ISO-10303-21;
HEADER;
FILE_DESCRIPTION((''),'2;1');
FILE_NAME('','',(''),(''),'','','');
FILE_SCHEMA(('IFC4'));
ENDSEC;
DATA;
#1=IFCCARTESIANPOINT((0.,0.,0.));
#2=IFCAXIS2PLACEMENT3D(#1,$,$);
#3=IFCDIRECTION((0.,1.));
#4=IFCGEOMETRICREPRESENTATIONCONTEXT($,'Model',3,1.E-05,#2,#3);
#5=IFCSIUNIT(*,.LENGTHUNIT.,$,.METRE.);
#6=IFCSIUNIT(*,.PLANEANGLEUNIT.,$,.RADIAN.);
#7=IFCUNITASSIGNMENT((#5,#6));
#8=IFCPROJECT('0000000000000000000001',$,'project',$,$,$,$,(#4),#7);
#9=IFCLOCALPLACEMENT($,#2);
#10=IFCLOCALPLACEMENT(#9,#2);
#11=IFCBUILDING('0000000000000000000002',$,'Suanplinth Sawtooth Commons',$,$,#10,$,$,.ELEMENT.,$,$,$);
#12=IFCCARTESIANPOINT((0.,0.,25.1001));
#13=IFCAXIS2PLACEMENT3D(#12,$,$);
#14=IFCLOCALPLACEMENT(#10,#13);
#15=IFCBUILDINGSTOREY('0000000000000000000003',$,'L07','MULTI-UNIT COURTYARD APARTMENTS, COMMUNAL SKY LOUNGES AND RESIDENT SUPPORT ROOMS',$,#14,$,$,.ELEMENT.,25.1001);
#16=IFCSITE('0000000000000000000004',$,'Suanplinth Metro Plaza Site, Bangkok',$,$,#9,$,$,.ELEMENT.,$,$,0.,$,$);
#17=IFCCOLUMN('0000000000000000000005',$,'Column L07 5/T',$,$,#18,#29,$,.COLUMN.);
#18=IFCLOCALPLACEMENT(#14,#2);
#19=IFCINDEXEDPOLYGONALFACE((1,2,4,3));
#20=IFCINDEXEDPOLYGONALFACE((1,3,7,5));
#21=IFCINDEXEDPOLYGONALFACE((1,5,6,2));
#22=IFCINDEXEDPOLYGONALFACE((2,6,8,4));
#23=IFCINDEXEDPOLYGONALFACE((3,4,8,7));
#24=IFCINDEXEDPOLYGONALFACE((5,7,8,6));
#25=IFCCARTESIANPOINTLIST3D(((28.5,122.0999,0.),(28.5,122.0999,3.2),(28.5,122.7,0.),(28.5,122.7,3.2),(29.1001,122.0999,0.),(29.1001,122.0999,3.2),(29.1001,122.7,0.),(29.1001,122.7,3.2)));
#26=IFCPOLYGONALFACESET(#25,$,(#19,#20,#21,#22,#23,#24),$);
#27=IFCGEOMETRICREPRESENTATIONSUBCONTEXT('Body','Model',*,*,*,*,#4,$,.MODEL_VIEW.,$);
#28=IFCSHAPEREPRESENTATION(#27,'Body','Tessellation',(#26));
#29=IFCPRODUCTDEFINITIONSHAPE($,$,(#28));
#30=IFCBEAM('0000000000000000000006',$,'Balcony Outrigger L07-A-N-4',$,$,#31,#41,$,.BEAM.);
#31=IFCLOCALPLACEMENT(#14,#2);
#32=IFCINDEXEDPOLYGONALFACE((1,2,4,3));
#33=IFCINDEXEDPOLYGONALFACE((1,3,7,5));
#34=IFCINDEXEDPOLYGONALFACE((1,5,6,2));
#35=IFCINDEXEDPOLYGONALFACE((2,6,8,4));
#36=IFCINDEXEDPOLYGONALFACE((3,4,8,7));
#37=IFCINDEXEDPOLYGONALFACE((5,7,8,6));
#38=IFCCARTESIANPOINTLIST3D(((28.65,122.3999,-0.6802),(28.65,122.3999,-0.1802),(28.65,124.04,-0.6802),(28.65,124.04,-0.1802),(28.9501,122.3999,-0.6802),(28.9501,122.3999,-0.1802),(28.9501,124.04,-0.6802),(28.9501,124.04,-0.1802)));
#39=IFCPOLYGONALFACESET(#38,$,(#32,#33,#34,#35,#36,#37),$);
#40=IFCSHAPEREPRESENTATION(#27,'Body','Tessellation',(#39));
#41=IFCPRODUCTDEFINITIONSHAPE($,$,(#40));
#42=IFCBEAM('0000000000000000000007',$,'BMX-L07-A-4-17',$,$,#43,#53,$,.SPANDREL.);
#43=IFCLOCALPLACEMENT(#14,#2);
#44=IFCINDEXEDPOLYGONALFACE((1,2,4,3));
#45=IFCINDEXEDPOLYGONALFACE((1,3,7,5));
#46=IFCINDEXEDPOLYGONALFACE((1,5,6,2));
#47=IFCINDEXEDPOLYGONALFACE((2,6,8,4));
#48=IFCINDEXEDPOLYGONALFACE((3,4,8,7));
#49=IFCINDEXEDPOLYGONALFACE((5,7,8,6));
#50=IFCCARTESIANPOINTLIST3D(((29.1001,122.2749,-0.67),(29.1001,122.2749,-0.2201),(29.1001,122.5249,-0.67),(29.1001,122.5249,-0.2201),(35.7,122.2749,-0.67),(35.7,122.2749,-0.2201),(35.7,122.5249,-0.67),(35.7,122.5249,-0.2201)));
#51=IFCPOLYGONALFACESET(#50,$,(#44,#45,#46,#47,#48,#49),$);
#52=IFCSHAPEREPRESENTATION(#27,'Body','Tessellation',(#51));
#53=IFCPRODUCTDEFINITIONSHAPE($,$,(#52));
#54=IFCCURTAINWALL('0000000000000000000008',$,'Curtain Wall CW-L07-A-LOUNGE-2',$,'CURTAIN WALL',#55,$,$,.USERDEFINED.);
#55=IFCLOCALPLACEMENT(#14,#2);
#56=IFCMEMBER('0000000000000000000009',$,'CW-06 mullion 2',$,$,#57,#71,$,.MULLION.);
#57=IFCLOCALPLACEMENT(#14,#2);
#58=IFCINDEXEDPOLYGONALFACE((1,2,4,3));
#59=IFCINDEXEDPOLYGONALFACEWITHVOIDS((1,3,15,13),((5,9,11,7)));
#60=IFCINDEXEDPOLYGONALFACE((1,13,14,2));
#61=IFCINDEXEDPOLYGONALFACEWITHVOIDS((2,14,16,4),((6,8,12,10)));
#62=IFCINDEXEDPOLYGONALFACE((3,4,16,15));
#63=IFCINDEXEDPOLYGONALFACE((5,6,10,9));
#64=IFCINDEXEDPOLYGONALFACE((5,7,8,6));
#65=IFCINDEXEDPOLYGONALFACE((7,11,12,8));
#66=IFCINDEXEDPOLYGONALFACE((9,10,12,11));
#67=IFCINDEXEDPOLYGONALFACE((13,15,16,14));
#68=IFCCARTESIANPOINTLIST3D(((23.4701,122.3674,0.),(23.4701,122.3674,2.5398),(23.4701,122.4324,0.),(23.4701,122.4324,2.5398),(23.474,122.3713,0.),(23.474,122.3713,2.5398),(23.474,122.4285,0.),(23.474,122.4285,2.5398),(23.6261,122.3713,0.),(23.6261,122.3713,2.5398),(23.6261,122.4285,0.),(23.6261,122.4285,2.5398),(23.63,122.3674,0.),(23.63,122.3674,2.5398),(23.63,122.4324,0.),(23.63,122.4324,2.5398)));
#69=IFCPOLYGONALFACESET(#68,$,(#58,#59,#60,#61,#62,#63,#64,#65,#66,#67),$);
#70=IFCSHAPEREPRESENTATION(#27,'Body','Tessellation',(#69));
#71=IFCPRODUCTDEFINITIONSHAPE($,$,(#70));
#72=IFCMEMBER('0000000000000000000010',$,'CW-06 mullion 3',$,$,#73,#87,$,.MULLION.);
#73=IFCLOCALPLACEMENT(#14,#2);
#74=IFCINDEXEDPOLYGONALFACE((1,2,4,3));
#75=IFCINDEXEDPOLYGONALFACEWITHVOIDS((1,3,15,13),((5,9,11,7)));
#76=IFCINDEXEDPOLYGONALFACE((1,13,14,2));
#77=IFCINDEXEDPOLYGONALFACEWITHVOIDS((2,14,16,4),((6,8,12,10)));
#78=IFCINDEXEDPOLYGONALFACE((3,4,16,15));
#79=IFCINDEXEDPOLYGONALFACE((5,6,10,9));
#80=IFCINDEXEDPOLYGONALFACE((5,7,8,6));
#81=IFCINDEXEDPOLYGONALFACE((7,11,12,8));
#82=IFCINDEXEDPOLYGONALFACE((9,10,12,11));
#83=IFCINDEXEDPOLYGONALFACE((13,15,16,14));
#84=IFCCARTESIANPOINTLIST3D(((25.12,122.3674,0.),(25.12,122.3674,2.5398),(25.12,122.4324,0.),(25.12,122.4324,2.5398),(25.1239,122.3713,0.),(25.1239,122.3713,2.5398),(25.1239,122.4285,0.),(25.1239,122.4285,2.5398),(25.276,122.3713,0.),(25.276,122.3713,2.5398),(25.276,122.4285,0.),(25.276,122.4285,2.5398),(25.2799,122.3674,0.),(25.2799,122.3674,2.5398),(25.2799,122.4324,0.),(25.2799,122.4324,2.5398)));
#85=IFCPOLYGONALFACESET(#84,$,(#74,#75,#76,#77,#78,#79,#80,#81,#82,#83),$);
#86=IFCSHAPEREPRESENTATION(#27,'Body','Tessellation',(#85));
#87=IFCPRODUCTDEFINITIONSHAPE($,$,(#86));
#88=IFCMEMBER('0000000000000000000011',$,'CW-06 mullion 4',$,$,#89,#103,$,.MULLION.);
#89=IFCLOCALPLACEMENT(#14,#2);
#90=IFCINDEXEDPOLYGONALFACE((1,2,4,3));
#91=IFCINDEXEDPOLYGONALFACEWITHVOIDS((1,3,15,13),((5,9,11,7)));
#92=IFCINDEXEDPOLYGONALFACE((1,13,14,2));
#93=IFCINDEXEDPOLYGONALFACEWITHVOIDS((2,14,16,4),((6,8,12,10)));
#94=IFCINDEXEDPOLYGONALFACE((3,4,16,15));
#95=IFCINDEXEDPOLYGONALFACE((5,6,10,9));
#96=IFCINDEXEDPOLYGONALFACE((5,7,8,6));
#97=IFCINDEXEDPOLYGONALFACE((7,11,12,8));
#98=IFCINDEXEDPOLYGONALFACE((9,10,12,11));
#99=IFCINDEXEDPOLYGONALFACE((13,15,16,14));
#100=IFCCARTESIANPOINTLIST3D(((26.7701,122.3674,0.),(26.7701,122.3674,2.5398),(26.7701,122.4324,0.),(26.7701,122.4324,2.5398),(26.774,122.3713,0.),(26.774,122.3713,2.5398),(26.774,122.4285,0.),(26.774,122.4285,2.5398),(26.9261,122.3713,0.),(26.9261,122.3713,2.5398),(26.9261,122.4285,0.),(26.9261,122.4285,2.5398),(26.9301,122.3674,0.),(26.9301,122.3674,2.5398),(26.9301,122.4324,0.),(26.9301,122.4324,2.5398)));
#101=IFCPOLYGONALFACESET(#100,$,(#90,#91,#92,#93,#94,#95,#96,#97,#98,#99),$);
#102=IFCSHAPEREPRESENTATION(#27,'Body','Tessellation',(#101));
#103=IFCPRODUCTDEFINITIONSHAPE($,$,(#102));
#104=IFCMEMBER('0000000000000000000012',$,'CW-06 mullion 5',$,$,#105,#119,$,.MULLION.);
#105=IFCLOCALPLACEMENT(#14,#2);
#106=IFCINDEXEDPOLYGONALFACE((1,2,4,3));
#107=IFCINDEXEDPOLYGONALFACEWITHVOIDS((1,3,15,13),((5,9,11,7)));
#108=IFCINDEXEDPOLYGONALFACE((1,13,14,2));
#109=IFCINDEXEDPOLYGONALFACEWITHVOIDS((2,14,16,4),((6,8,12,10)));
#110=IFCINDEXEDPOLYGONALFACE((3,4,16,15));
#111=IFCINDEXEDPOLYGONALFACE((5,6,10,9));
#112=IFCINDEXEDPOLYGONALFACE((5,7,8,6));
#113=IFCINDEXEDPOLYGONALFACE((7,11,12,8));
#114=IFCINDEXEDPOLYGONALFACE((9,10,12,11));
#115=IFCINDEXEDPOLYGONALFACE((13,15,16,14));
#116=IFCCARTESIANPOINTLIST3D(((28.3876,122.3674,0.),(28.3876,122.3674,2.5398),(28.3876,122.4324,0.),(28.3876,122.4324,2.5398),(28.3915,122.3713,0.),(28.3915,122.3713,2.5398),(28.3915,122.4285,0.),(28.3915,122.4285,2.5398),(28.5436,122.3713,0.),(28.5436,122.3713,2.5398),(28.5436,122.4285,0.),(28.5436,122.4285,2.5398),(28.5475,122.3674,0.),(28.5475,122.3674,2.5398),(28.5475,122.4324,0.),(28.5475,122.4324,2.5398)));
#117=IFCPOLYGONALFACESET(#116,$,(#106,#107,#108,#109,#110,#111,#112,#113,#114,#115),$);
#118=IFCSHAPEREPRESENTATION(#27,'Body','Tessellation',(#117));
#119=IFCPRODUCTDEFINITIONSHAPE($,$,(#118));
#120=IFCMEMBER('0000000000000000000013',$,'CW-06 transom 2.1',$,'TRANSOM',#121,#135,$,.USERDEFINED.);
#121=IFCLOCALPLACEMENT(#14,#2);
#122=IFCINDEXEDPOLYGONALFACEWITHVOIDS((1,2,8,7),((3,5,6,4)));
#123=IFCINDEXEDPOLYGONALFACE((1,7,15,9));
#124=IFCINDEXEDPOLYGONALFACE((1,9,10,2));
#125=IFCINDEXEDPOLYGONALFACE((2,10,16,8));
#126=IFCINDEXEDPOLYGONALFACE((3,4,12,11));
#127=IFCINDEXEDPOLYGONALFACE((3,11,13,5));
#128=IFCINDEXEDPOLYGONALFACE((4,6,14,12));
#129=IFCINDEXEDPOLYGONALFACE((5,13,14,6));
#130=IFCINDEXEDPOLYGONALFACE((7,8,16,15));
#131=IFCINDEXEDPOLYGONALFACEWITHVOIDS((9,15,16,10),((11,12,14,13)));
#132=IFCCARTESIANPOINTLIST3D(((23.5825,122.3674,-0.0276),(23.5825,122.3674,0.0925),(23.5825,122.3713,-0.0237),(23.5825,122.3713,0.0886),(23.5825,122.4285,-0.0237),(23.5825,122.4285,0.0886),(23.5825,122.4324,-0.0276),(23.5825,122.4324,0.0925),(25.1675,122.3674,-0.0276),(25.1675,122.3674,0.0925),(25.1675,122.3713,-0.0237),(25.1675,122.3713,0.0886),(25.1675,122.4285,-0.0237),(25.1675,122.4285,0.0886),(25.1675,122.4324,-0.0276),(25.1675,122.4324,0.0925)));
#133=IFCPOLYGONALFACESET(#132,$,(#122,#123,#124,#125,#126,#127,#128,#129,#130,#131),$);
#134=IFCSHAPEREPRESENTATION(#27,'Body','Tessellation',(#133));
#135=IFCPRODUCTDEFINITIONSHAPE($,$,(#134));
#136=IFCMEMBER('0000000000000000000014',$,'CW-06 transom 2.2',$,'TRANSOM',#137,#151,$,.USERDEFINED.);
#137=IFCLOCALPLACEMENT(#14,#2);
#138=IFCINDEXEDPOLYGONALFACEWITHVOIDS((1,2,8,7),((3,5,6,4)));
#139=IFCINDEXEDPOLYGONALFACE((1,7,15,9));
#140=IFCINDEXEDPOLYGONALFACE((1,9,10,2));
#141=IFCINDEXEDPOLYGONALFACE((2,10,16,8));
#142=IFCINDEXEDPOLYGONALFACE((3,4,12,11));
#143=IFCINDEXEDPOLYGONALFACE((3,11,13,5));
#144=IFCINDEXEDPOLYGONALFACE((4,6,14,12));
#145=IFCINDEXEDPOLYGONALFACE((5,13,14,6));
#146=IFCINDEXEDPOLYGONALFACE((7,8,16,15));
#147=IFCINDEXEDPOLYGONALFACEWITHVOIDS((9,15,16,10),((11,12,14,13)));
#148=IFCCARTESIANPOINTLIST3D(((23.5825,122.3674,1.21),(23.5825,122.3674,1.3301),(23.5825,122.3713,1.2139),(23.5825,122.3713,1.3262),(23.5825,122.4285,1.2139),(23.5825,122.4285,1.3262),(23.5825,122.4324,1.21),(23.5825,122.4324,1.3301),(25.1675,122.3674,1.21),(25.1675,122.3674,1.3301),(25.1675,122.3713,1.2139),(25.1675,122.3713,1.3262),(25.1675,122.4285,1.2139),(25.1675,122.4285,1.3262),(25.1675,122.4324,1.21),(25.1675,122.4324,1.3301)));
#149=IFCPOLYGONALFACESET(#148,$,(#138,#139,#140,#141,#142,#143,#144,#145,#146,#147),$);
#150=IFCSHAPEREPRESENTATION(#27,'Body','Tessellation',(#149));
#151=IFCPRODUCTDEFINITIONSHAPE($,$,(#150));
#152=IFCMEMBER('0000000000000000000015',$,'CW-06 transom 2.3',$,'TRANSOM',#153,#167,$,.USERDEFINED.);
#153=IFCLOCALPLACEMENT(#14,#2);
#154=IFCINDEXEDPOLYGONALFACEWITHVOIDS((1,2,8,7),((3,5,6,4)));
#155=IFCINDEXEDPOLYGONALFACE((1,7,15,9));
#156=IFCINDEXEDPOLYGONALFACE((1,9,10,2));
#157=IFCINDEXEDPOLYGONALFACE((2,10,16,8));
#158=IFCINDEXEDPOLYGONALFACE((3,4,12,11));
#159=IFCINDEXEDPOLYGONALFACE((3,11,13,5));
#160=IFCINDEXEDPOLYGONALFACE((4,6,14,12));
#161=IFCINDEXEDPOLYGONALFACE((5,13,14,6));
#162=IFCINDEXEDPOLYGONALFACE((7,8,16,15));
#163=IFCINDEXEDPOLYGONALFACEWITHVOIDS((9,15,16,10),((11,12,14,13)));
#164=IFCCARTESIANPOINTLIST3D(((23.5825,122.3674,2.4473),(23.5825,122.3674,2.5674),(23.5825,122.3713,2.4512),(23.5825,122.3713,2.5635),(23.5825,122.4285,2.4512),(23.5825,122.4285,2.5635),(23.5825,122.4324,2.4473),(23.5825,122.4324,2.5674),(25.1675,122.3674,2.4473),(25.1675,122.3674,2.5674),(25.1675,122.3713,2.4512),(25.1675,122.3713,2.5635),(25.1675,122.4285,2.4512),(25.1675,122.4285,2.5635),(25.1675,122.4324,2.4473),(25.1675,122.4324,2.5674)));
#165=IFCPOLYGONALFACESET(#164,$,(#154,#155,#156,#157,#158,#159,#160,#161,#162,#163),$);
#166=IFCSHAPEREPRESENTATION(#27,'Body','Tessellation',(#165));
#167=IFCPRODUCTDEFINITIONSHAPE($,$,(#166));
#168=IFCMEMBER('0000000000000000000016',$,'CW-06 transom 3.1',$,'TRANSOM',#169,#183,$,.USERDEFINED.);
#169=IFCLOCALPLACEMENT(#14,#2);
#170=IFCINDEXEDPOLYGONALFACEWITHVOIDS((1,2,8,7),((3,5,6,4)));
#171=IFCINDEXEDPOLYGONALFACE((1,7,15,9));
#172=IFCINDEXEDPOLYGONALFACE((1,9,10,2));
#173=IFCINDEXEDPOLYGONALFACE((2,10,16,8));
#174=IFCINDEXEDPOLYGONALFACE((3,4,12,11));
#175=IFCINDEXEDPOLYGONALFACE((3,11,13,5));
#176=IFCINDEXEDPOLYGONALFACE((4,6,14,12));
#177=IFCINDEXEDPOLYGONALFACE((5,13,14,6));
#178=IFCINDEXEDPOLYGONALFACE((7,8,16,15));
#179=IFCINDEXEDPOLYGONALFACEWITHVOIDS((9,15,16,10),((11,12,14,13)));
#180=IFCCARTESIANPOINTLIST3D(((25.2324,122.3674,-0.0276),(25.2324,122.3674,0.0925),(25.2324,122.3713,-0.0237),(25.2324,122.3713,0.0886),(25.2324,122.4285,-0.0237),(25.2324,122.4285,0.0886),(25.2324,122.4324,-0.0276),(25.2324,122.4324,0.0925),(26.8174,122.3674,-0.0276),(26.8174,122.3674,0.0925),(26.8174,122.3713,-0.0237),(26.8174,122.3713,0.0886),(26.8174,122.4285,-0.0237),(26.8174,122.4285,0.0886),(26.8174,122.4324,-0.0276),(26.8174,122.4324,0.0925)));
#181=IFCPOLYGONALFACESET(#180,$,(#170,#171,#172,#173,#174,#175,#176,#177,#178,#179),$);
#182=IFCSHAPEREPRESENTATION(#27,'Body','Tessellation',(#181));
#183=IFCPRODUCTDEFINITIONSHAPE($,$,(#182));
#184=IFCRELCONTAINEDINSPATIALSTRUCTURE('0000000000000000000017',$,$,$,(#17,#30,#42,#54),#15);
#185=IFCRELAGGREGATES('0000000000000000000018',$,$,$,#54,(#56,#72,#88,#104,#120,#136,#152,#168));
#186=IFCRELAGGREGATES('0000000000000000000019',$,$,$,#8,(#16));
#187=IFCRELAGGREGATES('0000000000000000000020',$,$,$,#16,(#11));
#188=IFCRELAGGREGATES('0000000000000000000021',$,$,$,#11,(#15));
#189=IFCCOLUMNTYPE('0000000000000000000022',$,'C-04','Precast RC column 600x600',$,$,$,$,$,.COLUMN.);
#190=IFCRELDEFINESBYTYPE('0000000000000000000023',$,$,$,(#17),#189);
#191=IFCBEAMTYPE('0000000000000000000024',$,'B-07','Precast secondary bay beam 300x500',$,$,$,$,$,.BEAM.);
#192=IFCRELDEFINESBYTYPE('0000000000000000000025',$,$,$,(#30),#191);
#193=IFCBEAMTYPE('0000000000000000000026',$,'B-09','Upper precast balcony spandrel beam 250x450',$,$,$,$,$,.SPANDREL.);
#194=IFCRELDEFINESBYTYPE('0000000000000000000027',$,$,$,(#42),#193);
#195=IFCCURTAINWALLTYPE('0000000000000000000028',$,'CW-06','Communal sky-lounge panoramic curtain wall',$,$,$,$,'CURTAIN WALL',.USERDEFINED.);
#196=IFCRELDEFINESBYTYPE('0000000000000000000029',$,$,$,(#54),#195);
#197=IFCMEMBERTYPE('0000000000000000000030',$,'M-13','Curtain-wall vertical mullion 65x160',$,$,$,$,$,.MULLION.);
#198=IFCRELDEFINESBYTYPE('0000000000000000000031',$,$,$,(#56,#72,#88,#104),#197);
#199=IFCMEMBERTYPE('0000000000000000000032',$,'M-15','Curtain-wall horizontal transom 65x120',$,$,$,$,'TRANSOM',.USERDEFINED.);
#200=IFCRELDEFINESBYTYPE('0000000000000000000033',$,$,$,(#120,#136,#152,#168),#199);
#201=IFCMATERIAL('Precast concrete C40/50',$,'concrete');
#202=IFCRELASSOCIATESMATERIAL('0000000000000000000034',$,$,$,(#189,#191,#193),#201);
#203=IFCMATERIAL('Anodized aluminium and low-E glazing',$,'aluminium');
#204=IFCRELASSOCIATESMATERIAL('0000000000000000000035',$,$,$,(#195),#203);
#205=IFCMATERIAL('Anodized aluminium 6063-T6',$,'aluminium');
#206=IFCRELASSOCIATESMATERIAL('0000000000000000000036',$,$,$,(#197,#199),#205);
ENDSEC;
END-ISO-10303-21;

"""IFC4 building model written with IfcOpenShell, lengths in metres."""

from ifc_helpers import new_model, si_unit, direction, frame, origin, origin_2d, place, context, subcontext, project, spatial, rectangle, hollow_rectangle, extrude, material, material_profile, profile_set, type_object, element, aggregate, save


model = new_model("IFC4")

# Units and contexts
model_context = context("Model", 3, precision=1e-05, world=origin(), true_north=direction((0.0, 1.0)))
body_context = subcontext(model_context, "Body", "Model", "MODEL_VIEW")
ifc_project = project(units=[si_unit("LENGTHUNIT", "METRE"), si_unit("PLANEANGLEUNIT", "RADIAN")], contexts=[model_context])

# Site, building, storey
site_placement = place(None, origin())
site = spatial("IfcSite", under=ifc_project, at=site_placement, Name="Suanplinth Metro Plaza Site, Bangkok", CompositionType="ELEMENT", RefElevation=0.0)
building_placement = place(site_placement, origin())
building = spatial("IfcBuilding", under=site, at=building_placement, Name="Suanplinth Sawtooth Commons", CompositionType="ELEMENT")
storey_placement = place(building_placement, frame((0.0, 0.0, 25.1001)))
storey = spatial("IfcBuildingStorey", under=building, at=storey_placement, Name="L07", Description="MULTI-UNIT COURTYARD APARTMENTS, COMMUNAL SKY LOUNGES AND RESIDENT SUPPORT ROOMS", CompositionType="ELEMENT", Elevation=25.1001)

# Column
ifc_material_1 = material(Name="Precast concrete C40/50", Category="concrete")
ifc_material_profile_1 = material_profile(ifc_material_1, rectangle(XDim=0.6001, YDim=0.6001, at=origin_2d()), Name="PC-COL 600x600")
ifc_profile_set_1 = profile_set([ifc_material_profile_1], Name="Precast concrete C40/50")
column_type = type_object("IfcColumnType", Name="C-04", Description="Precast RC column 600x600", PredefinedType="COLUMN", material=ifc_profile_set_1)
column_placement = place(storey_placement, frame((28.8, 122.3999, 0.0), z_axis=(0.0, 0.0, 1.0), x_axis=(1.0, 0.0, 0.0)))
element("IfcColumn", 1, at=column_placement, inside=storey, type_object=column_type, Name="Column L07 5/T", PredefinedType="COLUMN", context=body_context, shape_type="SweptSolid", body=[
    extrude(rectangle(XDim=0.6001, YDim=0.6001, at=origin_2d()), origin(), (0.0, 0.0, 1.0), 3.2),
])

# Beams
ifc_material_profile_2 = material_profile(ifc_material_1, rectangle(XDim=0.3, YDim=0.5, at=origin_2d()), Name="PC-BM 300x500")
ifc_profile_set_2 = profile_set([ifc_material_profile_2], Name="Precast concrete C40/50")
beam_type_1 = type_object("IfcBeamType", Name="B-07", Description="Precast secondary bay beam 300x500", PredefinedType="BEAM", material=ifc_profile_set_2)
beam_1_placement = place(storey_placement, frame((28.8, 122.3999, -0.4302), z_axis=(0.0, 1.0, 0.0), x_axis=(-1.0, 0.0, 0.0)))
element("IfcBeam", 2, at=beam_1_placement, inside=storey, type_object=beam_type_1, Name="Balcony Outrigger L07-A-N-4", PredefinedType="BEAM", context=body_context, shape_type="SweptSolid", body=[
    extrude(rectangle(XDim=0.3, YDim=0.5, at=origin_2d()), origin(), (0.0, 0.0, 1.0), 1.6401),
])
ifc_material_profile_3 = material_profile(ifc_material_1, rectangle(XDim=0.25, YDim=0.45, at=origin_2d()), Name="PC-SP 250x450")
ifc_profile_set_3 = profile_set([ifc_material_profile_3], Name="Precast concrete C40/50")
beam_type_2 = type_object("IfcBeamType", Name="B-09", Description="Upper precast balcony spandrel beam 250x450", PredefinedType="SPANDREL", material=ifc_profile_set_3)
beam_2_placement = place(storey_placement, frame((29.1001, 122.3999, -0.4451), z_axis=(1.0, 0.0, 0.0), x_axis=(0.0, 1.0, 0.0)))
element("IfcBeam", 3, at=beam_2_placement, inside=storey, type_object=beam_type_2, Name="BMX-L07-A-4-17", PredefinedType="SPANDREL", context=body_context, shape_type="SweptSolid", body=[
    extrude(rectangle(XDim=0.25, YDim=0.45, at=origin_2d()), origin(), (0.0, 0.0, 1.0), 6.5999),
])

# Curtain wall, members
ifc_material_2 = material(Name="Anodized aluminium and low-E glazing", Category="aluminium")
curtain_wall_type = type_object("IfcCurtainWallType", Name="CW-06", Description="Communal sky-lounge panoramic curtain wall", ElementType="CURTAIN WALL", PredefinedType="USERDEFINED", material=ifc_material_2)
curtain_wall_placement = place(storey_placement, origin())
curtain_wall = element("IfcCurtainWall", 4, at=curtain_wall_placement, inside=storey, type_object=curtain_wall_type, Name="Curtain Wall CW-L07-A-LOUNGE-2", ObjectType="CURTAIN WALL", PredefinedType="USERDEFINED")
ifc_material_3 = material(Name="Anodized aluminium 6063-T6", Category="aluminium")
ifc_material_profile_4 = material_profile(ifc_material_3, hollow_rectangle(XDim=0.0649, YDim=0.1599, WallThickness=0.0039, at=origin_2d()), Name="ALU-MUL 65x160")
ifc_profile_set_4 = profile_set([ifc_material_profile_4], Name="Anodized aluminium 6063-T6")
member_type_1 = type_object("IfcMemberType", Name="M-13", Description="Curtain-wall vertical mullion 65x160", PredefinedType="MULLION", material=ifc_profile_set_4)
member_1_placement = place(storey_placement, frame((23.55, 122.3999, 0.0), z_axis=(0.0, 0.0, 1.0), x_axis=(0.0, 1.0, 0.0)))
member_1 = element("IfcMember", 5, at=member_1_placement, type_object=member_type_1, Name="CW-06 mullion 2", PredefinedType="MULLION", context=body_context, shape_type="SweptSolid", body=[
    extrude(hollow_rectangle(XDim=0.0649, YDim=0.1599, WallThickness=0.0039, at=origin_2d()), origin(), (0.0, 0.0, 1.0), 2.5398),
])
member_2_placement = place(storey_placement, frame((25.2, 122.3999, 0.0), z_axis=(0.0, 0.0, 1.0), x_axis=(0.0, 1.0, 0.0)))
member_2 = element("IfcMember", 6, at=member_2_placement, type_object=member_type_1, Name="CW-06 mullion 3", PredefinedType="MULLION", context=body_context, shape_type="SweptSolid", body=[
    extrude(hollow_rectangle(XDim=0.0649, YDim=0.1599, WallThickness=0.0039, at=origin_2d()), origin(), (0.0, 0.0, 1.0), 2.5398),
])
member_3_placement = place(storey_placement, frame((26.8501, 122.3999, 0.0), z_axis=(0.0, 0.0, 1.0), x_axis=(0.0, 1.0, 0.0)))
member_3 = element("IfcMember", 7, at=member_3_placement, type_object=member_type_1, Name="CW-06 mullion 4", PredefinedType="MULLION", context=body_context, shape_type="SweptSolid", body=[
    extrude(hollow_rectangle(XDim=0.0649, YDim=0.1599, WallThickness=0.0039, at=origin_2d()), origin(), (0.0, 0.0, 1.0), 2.5398),
])
member_4_placement = place(storey_placement, frame((28.4675, 122.3999, 0.0), z_axis=(0.0, 0.0, 1.0), x_axis=(0.0, 1.0, 0.0)))
member_4 = element("IfcMember", 8, at=member_4_placement, type_object=member_type_1, Name="CW-06 mullion 5", PredefinedType="MULLION", context=body_context, shape_type="SweptSolid", body=[
    extrude(hollow_rectangle(XDim=0.0649, YDim=0.1599, WallThickness=0.0039, at=origin_2d()), origin(), (0.0, 0.0, 1.0), 2.5398),
])
ifc_material_profile_5 = material_profile(ifc_material_3, hollow_rectangle(XDim=0.0649, YDim=0.1201, WallThickness=0.0039, at=origin_2d()), Name="ALU-TRN 65x120")
ifc_profile_set_5 = profile_set([ifc_material_profile_5], Name="Anodized aluminium 6063-T6")
member_type_2 = type_object("IfcMemberType", Name="M-15", Description="Curtain-wall horizontal transom 65x120", ElementType="TRANSOM", PredefinedType="USERDEFINED", material=ifc_profile_set_5)
member_5_placement = place(storey_placement, frame((23.5825, 122.3999, 0.0325), z_axis=(1.0, 0.0, 0.0), x_axis=(0.0, 1.0, 0.0)))
member_5 = element("IfcMember", 9, at=member_5_placement, type_object=member_type_2, Name="CW-06 transom 2.1", ObjectType="TRANSOM", PredefinedType="USERDEFINED", context=body_context, shape_type="SweptSolid", body=[
    extrude(hollow_rectangle(XDim=0.0649, YDim=0.1201, WallThickness=0.0039, at=origin_2d()), origin(), (0.0, 0.0, 1.0), 1.585),
])
member_6_placement = place(storey_placement, frame((23.5825, 122.3999, 1.27), z_axis=(1.0, 0.0, 0.0), x_axis=(0.0, 1.0, 0.0)))
member_6 = element("IfcMember", 10, at=member_6_placement, type_object=member_type_2, Name="CW-06 transom 2.2", ObjectType="TRANSOM", PredefinedType="USERDEFINED", context=body_context, shape_type="SweptSolid", body=[
    extrude(hollow_rectangle(XDim=0.0649, YDim=0.1201, WallThickness=0.0039, at=origin_2d()), origin(), (0.0, 0.0, 1.0), 1.585),
])
member_7_placement = place(storey_placement, frame((23.5825, 122.3999, 2.5073), z_axis=(1.0, 0.0, 0.0), x_axis=(0.0, 1.0, 0.0)))
member_7 = element("IfcMember", 11, at=member_7_placement, type_object=member_type_2, Name="CW-06 transom 2.3", ObjectType="TRANSOM", PredefinedType="USERDEFINED", context=body_context, shape_type="SweptSolid", body=[
    extrude(hollow_rectangle(XDim=0.0649, YDim=0.1201, WallThickness=0.0039, at=origin_2d()), origin(), (0.0, 0.0, 1.0), 1.585),
])
member_8_placement = place(storey_placement, frame((25.2324, 122.3999, 0.0325), z_axis=(1.0, 0.0, 0.0), x_axis=(0.0, 1.0, 0.0)))
member_8 = element("IfcMember", 12, at=member_8_placement, type_object=member_type_2, Name="CW-06 transom 3.1", ObjectType="TRANSOM", PredefinedType="USERDEFINED", context=body_context, shape_type="SweptSolid", body=[
    extrude(hollow_rectangle(XDim=0.0649, YDim=0.1201, WallThickness=0.0039, at=origin_2d()), origin(), (0.0, 0.0, 1.0), 1.585),
])
aggregate(curtain_wall, [member_1, member_2, member_3, member_4, member_5, member_6, member_7, member_8])

save(model, "model.ifc")
